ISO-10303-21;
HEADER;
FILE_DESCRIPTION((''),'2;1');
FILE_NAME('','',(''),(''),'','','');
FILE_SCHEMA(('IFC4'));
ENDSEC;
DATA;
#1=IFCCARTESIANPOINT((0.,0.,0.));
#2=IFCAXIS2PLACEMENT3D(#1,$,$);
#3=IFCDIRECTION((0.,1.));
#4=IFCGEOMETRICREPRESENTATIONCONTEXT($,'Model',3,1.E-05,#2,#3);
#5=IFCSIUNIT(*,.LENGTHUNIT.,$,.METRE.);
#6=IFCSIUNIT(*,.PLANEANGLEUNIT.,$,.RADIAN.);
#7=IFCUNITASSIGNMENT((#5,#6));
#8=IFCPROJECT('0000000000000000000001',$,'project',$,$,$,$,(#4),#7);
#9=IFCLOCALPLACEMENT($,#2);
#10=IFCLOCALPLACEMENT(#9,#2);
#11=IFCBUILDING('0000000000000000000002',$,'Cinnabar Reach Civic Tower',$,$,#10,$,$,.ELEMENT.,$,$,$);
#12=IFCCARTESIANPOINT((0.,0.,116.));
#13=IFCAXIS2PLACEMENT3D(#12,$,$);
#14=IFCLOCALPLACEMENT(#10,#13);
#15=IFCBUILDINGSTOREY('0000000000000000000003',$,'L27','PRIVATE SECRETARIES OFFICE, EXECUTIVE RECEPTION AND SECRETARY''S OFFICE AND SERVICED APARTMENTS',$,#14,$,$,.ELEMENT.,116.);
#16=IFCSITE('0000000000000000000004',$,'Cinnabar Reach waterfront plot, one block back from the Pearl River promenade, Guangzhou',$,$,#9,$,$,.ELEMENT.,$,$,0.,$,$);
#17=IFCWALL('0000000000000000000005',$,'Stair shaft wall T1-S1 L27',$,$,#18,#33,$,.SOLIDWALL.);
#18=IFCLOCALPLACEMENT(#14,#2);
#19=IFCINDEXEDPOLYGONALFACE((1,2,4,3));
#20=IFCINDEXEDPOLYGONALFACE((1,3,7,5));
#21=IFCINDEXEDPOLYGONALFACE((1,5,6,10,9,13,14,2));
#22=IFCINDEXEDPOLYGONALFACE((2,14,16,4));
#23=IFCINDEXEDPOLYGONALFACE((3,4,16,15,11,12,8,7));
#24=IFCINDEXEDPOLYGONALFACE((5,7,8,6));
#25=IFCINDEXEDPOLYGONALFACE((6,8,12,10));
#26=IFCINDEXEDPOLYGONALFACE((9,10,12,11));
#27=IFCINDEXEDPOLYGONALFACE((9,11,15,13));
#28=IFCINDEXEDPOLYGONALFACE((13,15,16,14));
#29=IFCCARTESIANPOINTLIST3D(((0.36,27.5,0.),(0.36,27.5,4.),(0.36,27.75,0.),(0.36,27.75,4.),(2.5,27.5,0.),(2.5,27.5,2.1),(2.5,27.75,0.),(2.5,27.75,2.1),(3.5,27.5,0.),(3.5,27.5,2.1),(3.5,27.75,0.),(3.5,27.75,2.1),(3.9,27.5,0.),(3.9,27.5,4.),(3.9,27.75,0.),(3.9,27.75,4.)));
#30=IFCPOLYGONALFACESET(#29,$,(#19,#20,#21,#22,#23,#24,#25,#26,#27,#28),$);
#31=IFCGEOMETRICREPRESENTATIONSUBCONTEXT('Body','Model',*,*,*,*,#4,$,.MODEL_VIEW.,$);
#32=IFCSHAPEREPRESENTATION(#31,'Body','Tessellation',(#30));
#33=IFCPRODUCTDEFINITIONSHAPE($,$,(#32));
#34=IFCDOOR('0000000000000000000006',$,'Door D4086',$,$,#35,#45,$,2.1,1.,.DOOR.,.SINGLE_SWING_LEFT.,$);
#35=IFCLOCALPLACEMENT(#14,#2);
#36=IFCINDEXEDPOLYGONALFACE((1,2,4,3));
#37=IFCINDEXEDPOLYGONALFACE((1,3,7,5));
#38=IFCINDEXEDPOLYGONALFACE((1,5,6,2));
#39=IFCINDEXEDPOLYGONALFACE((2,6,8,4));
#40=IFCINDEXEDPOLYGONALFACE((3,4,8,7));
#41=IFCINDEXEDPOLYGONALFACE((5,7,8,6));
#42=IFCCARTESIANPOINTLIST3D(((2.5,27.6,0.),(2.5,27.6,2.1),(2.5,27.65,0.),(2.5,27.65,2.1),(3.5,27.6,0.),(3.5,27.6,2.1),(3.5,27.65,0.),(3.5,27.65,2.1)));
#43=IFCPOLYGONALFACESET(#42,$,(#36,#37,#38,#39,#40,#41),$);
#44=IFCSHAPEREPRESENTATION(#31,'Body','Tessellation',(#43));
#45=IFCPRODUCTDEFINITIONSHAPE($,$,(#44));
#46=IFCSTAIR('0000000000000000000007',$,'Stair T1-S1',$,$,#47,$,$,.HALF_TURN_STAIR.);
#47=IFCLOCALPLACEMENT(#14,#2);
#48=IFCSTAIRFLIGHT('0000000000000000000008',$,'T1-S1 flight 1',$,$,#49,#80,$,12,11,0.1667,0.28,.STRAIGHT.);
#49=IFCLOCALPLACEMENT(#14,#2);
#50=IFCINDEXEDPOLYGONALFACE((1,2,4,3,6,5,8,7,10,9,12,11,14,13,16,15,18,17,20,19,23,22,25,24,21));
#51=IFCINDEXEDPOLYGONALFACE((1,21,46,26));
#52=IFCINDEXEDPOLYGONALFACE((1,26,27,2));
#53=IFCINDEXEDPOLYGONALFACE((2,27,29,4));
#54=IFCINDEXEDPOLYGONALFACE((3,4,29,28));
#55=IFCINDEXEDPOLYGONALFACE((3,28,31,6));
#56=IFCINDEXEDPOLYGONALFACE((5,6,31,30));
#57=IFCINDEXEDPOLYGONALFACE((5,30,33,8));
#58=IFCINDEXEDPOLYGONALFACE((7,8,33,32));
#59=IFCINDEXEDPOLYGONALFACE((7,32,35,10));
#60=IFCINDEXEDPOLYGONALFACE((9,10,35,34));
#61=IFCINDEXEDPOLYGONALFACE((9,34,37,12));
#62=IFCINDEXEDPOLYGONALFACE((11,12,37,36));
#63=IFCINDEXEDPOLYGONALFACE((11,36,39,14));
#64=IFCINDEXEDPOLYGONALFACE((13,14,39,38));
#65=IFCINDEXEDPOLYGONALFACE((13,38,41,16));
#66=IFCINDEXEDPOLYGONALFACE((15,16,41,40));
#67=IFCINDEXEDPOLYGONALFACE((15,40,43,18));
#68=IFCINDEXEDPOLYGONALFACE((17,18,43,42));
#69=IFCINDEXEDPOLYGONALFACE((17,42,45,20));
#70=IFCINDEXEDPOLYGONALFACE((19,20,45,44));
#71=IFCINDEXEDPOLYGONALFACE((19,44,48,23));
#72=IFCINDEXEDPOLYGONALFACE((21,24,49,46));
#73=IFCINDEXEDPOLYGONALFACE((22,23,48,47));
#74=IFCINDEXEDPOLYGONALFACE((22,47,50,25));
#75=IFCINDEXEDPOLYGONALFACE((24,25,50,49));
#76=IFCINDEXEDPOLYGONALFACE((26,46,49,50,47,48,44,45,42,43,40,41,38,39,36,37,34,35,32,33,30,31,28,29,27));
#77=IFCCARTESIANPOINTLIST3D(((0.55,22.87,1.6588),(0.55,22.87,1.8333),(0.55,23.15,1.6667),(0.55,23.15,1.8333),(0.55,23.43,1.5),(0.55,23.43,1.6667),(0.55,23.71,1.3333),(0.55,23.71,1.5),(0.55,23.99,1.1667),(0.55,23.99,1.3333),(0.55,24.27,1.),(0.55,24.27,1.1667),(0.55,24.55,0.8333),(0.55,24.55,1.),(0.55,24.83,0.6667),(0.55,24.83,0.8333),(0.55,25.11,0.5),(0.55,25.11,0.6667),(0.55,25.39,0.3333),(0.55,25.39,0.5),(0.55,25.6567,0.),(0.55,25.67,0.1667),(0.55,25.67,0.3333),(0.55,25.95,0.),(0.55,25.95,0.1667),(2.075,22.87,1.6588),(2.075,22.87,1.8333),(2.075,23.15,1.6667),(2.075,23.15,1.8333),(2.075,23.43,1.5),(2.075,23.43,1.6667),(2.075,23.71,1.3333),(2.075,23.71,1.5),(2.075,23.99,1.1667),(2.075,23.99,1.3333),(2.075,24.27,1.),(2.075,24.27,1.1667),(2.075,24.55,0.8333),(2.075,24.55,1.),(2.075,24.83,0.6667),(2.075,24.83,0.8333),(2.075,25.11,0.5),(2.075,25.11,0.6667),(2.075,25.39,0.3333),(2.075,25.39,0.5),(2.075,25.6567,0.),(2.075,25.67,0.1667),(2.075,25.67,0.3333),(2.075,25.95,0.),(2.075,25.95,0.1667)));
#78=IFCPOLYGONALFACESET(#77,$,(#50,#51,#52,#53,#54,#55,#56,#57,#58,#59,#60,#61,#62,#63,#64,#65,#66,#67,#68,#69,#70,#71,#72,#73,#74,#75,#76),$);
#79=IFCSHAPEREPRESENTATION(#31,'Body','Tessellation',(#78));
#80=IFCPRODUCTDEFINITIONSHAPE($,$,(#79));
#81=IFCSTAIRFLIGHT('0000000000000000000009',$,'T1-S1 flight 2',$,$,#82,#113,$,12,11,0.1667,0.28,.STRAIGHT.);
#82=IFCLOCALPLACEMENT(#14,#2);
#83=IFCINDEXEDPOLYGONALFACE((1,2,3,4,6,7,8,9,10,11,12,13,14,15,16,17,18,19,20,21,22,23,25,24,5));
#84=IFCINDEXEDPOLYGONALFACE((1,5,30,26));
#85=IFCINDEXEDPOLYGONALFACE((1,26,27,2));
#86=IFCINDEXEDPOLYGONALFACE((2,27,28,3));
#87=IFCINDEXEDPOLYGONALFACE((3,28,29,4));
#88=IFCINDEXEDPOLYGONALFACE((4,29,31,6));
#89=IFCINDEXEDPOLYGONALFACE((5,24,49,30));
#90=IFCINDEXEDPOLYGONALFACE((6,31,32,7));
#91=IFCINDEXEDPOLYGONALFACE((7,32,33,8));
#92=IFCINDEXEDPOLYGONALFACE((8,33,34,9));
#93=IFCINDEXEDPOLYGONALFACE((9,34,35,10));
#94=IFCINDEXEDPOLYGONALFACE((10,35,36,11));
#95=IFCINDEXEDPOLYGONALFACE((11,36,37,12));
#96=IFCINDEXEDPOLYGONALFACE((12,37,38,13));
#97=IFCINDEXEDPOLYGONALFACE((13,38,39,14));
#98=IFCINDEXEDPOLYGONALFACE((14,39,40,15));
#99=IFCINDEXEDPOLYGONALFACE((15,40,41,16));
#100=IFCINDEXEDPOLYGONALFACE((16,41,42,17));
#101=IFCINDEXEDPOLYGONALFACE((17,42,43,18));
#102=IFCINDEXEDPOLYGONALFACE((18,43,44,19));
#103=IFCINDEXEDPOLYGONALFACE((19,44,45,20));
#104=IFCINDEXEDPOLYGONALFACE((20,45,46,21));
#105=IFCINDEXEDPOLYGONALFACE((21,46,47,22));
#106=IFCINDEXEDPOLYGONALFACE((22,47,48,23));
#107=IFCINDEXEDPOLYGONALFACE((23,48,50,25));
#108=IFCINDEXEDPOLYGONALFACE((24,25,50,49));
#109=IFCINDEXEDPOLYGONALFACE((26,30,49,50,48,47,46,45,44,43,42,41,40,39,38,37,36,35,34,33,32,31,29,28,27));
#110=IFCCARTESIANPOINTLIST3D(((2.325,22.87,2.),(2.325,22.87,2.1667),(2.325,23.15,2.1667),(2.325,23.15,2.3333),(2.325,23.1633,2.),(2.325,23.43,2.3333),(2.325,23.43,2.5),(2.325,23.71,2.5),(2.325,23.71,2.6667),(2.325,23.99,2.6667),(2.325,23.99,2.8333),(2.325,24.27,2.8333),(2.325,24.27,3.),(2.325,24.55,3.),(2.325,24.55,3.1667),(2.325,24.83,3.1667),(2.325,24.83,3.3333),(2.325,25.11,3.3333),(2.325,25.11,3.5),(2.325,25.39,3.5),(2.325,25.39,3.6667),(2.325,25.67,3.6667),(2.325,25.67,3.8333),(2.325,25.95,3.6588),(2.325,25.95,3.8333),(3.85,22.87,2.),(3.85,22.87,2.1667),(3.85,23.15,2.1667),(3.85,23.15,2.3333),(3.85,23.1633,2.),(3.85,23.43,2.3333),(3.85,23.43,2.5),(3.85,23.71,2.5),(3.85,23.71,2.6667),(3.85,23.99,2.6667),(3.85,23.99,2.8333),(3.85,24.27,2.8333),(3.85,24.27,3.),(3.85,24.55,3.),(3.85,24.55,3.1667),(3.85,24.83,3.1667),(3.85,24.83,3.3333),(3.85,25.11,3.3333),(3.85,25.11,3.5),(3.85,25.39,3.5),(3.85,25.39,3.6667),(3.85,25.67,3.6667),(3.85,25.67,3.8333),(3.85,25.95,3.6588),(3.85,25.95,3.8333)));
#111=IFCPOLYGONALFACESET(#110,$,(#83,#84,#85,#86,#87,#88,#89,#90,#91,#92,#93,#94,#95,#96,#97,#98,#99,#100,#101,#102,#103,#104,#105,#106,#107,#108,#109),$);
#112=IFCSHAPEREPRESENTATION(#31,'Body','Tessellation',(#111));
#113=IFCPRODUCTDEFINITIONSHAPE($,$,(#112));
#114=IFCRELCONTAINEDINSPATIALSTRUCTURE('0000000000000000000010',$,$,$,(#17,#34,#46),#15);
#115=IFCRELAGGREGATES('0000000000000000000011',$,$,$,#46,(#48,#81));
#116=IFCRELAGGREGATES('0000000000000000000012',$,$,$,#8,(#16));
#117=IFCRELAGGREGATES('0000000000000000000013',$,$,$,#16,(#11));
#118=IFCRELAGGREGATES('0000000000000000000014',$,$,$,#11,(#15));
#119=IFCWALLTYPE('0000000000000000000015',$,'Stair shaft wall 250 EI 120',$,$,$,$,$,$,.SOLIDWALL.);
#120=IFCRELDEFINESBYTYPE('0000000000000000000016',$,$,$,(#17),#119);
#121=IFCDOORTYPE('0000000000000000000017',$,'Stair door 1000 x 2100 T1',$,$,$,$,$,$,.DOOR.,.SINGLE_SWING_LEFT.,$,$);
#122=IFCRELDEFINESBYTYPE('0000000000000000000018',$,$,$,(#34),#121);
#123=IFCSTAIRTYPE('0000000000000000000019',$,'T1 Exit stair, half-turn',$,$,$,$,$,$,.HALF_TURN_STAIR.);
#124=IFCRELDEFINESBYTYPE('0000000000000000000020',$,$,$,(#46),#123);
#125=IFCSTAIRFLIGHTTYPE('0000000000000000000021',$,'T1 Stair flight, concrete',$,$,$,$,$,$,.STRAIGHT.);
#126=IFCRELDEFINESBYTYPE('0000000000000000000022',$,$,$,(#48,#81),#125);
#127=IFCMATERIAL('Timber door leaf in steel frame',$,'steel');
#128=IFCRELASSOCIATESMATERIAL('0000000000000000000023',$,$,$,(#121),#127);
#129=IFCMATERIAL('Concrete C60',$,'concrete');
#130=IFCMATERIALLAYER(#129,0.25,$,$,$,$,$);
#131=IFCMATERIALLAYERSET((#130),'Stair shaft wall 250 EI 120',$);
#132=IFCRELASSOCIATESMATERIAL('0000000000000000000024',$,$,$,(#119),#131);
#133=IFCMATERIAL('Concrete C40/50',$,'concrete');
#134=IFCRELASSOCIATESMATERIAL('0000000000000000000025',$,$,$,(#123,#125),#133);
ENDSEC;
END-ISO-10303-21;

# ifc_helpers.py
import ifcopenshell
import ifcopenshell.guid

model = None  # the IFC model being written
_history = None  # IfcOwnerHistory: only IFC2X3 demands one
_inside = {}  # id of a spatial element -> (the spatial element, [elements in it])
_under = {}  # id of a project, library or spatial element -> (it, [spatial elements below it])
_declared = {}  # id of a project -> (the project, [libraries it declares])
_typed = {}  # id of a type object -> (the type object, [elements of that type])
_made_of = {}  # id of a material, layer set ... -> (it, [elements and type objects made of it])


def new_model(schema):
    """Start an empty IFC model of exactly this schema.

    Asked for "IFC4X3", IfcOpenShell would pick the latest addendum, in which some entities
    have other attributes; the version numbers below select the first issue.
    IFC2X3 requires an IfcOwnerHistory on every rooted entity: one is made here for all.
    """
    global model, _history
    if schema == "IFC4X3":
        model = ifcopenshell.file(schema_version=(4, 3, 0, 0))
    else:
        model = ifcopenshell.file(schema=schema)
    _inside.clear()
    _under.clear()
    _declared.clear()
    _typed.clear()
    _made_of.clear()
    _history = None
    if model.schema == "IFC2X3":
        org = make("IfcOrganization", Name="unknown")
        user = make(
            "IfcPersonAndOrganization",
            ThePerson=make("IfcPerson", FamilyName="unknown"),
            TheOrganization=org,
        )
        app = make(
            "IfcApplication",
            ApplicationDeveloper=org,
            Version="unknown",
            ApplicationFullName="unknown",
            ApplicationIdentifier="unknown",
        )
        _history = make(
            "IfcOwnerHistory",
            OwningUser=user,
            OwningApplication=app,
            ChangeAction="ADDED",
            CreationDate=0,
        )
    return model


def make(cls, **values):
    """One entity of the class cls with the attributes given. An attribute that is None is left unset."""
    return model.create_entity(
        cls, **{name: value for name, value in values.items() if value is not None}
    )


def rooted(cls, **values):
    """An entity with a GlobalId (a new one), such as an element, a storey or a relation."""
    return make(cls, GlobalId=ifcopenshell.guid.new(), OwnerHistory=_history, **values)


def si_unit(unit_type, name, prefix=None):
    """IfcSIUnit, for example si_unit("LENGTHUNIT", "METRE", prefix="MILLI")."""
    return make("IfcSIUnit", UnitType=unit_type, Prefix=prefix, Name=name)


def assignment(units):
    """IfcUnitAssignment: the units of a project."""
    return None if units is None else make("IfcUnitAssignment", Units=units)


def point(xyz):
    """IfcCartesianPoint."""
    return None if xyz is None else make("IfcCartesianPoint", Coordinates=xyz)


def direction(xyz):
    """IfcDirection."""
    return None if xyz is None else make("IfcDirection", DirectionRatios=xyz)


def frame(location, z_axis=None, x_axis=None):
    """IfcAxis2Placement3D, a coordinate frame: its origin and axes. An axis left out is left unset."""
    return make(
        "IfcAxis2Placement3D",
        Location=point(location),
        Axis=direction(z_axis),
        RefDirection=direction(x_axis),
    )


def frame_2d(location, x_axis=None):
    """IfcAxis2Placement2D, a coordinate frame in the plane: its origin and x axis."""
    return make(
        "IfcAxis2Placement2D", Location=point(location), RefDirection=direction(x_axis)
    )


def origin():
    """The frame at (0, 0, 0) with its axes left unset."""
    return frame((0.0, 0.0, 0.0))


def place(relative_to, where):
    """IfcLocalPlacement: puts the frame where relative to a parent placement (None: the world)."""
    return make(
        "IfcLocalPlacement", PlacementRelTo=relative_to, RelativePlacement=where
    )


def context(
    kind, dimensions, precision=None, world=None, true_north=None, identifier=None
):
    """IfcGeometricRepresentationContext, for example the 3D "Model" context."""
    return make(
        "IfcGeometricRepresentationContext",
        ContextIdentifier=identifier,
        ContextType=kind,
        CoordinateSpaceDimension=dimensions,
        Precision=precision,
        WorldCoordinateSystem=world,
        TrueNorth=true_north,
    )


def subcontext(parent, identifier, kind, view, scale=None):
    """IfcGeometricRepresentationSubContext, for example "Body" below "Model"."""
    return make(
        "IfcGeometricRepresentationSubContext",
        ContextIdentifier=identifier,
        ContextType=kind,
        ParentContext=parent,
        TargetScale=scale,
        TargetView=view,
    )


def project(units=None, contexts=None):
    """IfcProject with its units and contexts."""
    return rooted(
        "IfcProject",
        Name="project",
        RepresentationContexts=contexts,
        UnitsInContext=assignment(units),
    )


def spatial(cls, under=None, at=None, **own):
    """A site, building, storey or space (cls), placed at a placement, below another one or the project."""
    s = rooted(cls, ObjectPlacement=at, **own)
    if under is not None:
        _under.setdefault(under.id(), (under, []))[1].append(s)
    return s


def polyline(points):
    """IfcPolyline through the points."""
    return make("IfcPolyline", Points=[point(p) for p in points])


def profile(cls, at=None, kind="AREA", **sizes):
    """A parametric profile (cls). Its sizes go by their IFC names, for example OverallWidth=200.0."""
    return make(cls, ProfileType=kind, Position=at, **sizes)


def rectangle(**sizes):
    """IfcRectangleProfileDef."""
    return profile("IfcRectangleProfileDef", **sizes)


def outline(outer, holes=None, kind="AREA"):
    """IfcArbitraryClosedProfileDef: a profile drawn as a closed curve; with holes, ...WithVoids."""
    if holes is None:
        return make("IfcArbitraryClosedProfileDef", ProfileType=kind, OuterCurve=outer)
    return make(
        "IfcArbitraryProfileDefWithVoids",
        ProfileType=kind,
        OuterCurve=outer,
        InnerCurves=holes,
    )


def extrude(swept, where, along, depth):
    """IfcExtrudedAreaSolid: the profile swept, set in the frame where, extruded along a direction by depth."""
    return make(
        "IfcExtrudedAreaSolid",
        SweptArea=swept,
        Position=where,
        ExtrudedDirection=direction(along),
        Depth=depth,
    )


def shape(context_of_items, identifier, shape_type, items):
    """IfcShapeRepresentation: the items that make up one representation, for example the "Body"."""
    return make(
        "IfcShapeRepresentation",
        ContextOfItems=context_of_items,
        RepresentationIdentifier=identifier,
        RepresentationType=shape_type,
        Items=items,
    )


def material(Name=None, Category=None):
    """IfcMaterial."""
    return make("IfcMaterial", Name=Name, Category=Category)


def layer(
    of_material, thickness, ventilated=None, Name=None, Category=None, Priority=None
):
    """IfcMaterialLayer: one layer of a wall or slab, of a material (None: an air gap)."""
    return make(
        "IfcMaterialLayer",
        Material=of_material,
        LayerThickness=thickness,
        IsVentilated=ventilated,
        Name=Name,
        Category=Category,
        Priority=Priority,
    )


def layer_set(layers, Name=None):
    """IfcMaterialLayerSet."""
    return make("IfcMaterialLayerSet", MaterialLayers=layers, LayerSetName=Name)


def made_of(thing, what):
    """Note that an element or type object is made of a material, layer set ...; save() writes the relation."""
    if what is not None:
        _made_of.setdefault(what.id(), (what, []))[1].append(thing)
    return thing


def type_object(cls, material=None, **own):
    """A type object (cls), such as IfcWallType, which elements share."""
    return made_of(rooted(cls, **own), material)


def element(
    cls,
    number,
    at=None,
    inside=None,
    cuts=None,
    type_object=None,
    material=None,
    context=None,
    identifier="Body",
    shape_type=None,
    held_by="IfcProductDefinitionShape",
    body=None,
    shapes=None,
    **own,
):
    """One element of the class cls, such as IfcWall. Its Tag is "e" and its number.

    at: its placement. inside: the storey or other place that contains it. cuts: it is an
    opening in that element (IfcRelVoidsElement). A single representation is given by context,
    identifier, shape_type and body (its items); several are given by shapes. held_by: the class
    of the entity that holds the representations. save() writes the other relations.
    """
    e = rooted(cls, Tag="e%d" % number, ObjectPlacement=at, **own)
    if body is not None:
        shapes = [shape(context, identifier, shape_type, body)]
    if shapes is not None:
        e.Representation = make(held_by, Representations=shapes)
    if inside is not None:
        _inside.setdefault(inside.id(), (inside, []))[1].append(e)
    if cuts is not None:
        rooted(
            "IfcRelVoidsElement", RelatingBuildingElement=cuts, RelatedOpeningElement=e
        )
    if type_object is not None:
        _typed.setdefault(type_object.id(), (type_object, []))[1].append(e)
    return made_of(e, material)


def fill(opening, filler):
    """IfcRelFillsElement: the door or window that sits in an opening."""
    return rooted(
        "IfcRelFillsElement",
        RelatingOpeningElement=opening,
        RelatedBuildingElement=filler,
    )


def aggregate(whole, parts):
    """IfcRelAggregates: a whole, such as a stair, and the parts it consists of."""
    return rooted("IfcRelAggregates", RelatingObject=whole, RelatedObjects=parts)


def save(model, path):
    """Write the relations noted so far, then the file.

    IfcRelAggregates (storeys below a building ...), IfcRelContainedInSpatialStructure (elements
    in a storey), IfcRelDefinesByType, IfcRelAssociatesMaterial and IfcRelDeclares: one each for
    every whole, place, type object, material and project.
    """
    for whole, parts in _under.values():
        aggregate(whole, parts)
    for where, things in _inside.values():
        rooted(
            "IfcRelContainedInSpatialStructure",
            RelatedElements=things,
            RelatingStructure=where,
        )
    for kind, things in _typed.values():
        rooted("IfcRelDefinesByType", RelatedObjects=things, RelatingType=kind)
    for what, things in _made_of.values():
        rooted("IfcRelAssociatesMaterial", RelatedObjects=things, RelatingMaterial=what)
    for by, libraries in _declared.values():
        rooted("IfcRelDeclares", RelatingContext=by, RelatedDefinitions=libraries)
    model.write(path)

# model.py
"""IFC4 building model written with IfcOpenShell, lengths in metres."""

from ifc_helpers import new_model, si_unit, direction, frame, frame_2d, origin, place, context, subcontext, project, spatial, polyline, rectangle, outline, extrude, material, layer, layer_set, type_object, element, fill, aggregate, save


model = new_model("IFC4")

# Units and contexts
model_context = context("Model", 3, precision=1e-05, world=origin(), true_north=direction((0.0, 1.0)))
body_context = subcontext(model_context, "Body", "Model", "MODEL_VIEW")
ifc_project = project(units=[si_unit("LENGTHUNIT", "METRE"), si_unit("PLANEANGLEUNIT", "RADIAN")], contexts=[model_context])

# Site, building, storey
site_placement = place(None, origin())
site = spatial("IfcSite", under=ifc_project, at=site_placement, Name="Cinnabar Reach waterfront plot, one block back from the Pearl River promenade, Guangzhou", CompositionType="ELEMENT", RefElevation=0.0)
building_placement = place(site_placement, origin())
building = spatial("IfcBuilding", under=site, at=building_placement, Name="Cinnabar Reach Civic Tower", CompositionType="ELEMENT")
storey_placement = place(building_placement, frame((0.0, 0.0, 116.0)))
storey = spatial("IfcBuildingStorey", under=building, at=storey_placement, Name="L27", Description="PRIVATE SECRETARIES OFFICE, EXECUTIVE RECEPTION AND SECRETARY'S OFFICE AND SERVICED APARTMENTS", CompositionType="ELEMENT", Elevation=116.0)

# Shared definitions
ifc_material_1 = material(Name="Timber door leaf in steel frame", Category="steel")
door_type_1 = type_object("IfcDoorType", Name="Stair door 1000 x 2100 T1", OperationType="SINGLE_SWING_LEFT", PredefinedType="DOOR", material=ifc_material_1)

# Wall, opening, door
ifc_material_2 = material(Name="Concrete C60", Category="concrete")
ifc_layer_1 = layer(ifc_material_2, 0.25)
ifc_layer_set_1 = layer_set([ifc_layer_1], Name="Stair shaft wall 250 EI 120")
wall_type_1 = type_object("IfcWallType", Name="Stair shaft wall 250 EI 120", PredefinedType="SOLIDWALL", material=ifc_layer_set_1)
wall_1_placement = place(storey_placement, frame((3.9, 27.625, 0.0), z_axis=(0.0, 0.0, 1.0), x_axis=(-1.0, 0.0, 0.0)))
wall_1 = element("IfcWall", 1, at=wall_1_placement, inside=storey, type_object=wall_type_1, Name="Stair shaft wall T1-S1 L27", PredefinedType="SOLIDWALL", context=body_context, shape_type="SweptSolid", body=[
    extrude(rectangle(XDim=3.54, YDim=0.25, at=frame_2d((1.77, 0.0))), origin(), (0.0, 0.0, 1.0), 4.0),
])
opening_1_placement = place(wall_1_placement, frame((0.4, 0.0, 0.0)))
opening_1 = element("IfcOpeningElement", 2, at=opening_1_placement, cuts=wall_1, PredefinedType="OPENING", context=body_context, shape_type="SweptSolid", body=[
    extrude(rectangle(XDim=1.0, YDim=2.1, at=frame_2d((0.5, 1.05))), frame((0.0, 0.135, 0.0), z_axis=(0.0, -1.0, 0.0), x_axis=(1.0, 0.0, 0.0)), (0.0, 0.0, 1.0), 0.27),
])
door_1_placement = place(opening_1_placement, origin())
door_1 = element("IfcDoor", 3, at=door_1_placement, inside=storey, type_object=door_type_1, Name="Door D4086", OperationType="SINGLE_SWING_LEFT", OverallHeight=2.1, OverallWidth=1.0, PredefinedType="DOOR", context=body_context, shape_type="SweptSolid", body=[
    extrude(rectangle(XDim=1.0, YDim=2.1, at=frame_2d((0.5, 1.05))), frame((0.0, 0.025, 0.0), z_axis=(0.0, -1.0, 0.0), x_axis=(1.0, 0.0, 0.0)), (0.0, 0.0, 1.0), 0.05),
])
fill(opening_1, door_1)

# Stair, stair flights
ifc_material_3 = material(Name="Concrete C40/50", Category="concrete")
stair_type = type_object("IfcStairType", Name="T1 Exit stair, half-turn", PredefinedType="HALF_TURN_STAIR", material=ifc_material_3)
stair_placement = place(storey_placement, origin())
stair = element("IfcStair", 4, at=stair_placement, inside=storey, type_object=stair_type, Name="Stair T1-S1", PredefinedType="HALF_TURN_STAIR")
stair_flight_type = type_object("IfcStairFlightType", Name="T1 Stair flight, concrete", PredefinedType="STRAIGHT", material=ifc_material_3)
stair_flight_1_placement = place(storey_placement, frame((1.3125, 25.95, 0.0), z_axis=(0.0, 0.0, 1.0), x_axis=(0.0, -1.0, 0.0)))
stair_flight_1 = element("IfcStairFlight", 5, at=stair_flight_1_placement, type_object=stair_flight_type, Name="T1-S1 flight 1", NumberOfRisers=12, NumberOfTreads=11, PredefinedType="STRAIGHT", RiserHeight=0.1667, TreadLength=0.28, context=body_context, shape_type="SweptSolid", body=[
    extrude(outline(polyline([(0.0, 0.0), (0.0, 0.1667), (0.28, 0.1667), (0.28, 0.3333), (0.56, 0.3333), (0.56, 0.5), (0.84, 0.5), (0.84, 0.6667), (1.12, 0.6667), (1.12, 0.8333), (1.4, 0.8333), (1.4, 1.0), (1.68, 1.0), (1.68, 1.1667), (1.96, 1.1667), (1.96, 1.3333), (2.24, 1.3333), (2.24, 1.5), (2.52, 1.5), (2.52, 1.6667), (2.8, 1.6667), (2.8, 1.8333), (3.08, 1.8333), (3.08, 2.0), (3.08, 1.6588), (0.2933, 0.0), (0.0, 0.0)])), frame((0.0, 0.7625, 0.0), z_axis=(0.0, -1.0, 0.0), x_axis=(1.0, 0.0, 0.0)), (0.0, 0.0, 1.0), 1.525),
])
stair_flight_2_placement = place(storey_placement, frame((3.0875, 22.87, 2.0), z_axis=(0.0, 0.0, 1.0), x_axis=(0.0, 1.0, 0.0)))
stair_flight_2 = element("IfcStairFlight", 6, at=stair_flight_2_placement, type_object=stair_flight_type, Name="T1-S1 flight 2", NumberOfRisers=12, NumberOfTreads=11, PredefinedType="STRAIGHT", RiserHeight=0.1667, TreadLength=0.28, context=body_context, shape_type="SweptSolid", body=[
    extrude(outline(polyline([(0.0, 0.0), (0.0, 0.1667), (0.28, 0.1667), (0.28, 0.3333), (0.56, 0.3333), (0.56, 0.5), (0.84, 0.5), (0.84, 0.6667), (1.12, 0.6667), (1.12, 0.8333), (1.4, 0.8333), (1.4, 1.0), (1.68, 1.0), (1.68, 1.1667), (1.96, 1.1667), (1.96, 1.3333), (2.24, 1.3333), (2.24, 1.5), (2.52, 1.5), (2.52, 1.6667), (2.8, 1.6667), (2.8, 1.8333), (3.08, 1.8333), (3.08, 2.0), (3.08, 1.6588), (0.2933, 0.0), (0.0, 0.0)])), frame((0.0, 0.7625, 0.0), z_axis=(0.0, -1.0, 0.0), x_axis=(1.0, 0.0, 0.0)), (0.0, 0.0, 1.0), 1.525),
])
aggregate(stair, [stair_flight_1, stair_flight_2])

save(model, "model.ifc")
